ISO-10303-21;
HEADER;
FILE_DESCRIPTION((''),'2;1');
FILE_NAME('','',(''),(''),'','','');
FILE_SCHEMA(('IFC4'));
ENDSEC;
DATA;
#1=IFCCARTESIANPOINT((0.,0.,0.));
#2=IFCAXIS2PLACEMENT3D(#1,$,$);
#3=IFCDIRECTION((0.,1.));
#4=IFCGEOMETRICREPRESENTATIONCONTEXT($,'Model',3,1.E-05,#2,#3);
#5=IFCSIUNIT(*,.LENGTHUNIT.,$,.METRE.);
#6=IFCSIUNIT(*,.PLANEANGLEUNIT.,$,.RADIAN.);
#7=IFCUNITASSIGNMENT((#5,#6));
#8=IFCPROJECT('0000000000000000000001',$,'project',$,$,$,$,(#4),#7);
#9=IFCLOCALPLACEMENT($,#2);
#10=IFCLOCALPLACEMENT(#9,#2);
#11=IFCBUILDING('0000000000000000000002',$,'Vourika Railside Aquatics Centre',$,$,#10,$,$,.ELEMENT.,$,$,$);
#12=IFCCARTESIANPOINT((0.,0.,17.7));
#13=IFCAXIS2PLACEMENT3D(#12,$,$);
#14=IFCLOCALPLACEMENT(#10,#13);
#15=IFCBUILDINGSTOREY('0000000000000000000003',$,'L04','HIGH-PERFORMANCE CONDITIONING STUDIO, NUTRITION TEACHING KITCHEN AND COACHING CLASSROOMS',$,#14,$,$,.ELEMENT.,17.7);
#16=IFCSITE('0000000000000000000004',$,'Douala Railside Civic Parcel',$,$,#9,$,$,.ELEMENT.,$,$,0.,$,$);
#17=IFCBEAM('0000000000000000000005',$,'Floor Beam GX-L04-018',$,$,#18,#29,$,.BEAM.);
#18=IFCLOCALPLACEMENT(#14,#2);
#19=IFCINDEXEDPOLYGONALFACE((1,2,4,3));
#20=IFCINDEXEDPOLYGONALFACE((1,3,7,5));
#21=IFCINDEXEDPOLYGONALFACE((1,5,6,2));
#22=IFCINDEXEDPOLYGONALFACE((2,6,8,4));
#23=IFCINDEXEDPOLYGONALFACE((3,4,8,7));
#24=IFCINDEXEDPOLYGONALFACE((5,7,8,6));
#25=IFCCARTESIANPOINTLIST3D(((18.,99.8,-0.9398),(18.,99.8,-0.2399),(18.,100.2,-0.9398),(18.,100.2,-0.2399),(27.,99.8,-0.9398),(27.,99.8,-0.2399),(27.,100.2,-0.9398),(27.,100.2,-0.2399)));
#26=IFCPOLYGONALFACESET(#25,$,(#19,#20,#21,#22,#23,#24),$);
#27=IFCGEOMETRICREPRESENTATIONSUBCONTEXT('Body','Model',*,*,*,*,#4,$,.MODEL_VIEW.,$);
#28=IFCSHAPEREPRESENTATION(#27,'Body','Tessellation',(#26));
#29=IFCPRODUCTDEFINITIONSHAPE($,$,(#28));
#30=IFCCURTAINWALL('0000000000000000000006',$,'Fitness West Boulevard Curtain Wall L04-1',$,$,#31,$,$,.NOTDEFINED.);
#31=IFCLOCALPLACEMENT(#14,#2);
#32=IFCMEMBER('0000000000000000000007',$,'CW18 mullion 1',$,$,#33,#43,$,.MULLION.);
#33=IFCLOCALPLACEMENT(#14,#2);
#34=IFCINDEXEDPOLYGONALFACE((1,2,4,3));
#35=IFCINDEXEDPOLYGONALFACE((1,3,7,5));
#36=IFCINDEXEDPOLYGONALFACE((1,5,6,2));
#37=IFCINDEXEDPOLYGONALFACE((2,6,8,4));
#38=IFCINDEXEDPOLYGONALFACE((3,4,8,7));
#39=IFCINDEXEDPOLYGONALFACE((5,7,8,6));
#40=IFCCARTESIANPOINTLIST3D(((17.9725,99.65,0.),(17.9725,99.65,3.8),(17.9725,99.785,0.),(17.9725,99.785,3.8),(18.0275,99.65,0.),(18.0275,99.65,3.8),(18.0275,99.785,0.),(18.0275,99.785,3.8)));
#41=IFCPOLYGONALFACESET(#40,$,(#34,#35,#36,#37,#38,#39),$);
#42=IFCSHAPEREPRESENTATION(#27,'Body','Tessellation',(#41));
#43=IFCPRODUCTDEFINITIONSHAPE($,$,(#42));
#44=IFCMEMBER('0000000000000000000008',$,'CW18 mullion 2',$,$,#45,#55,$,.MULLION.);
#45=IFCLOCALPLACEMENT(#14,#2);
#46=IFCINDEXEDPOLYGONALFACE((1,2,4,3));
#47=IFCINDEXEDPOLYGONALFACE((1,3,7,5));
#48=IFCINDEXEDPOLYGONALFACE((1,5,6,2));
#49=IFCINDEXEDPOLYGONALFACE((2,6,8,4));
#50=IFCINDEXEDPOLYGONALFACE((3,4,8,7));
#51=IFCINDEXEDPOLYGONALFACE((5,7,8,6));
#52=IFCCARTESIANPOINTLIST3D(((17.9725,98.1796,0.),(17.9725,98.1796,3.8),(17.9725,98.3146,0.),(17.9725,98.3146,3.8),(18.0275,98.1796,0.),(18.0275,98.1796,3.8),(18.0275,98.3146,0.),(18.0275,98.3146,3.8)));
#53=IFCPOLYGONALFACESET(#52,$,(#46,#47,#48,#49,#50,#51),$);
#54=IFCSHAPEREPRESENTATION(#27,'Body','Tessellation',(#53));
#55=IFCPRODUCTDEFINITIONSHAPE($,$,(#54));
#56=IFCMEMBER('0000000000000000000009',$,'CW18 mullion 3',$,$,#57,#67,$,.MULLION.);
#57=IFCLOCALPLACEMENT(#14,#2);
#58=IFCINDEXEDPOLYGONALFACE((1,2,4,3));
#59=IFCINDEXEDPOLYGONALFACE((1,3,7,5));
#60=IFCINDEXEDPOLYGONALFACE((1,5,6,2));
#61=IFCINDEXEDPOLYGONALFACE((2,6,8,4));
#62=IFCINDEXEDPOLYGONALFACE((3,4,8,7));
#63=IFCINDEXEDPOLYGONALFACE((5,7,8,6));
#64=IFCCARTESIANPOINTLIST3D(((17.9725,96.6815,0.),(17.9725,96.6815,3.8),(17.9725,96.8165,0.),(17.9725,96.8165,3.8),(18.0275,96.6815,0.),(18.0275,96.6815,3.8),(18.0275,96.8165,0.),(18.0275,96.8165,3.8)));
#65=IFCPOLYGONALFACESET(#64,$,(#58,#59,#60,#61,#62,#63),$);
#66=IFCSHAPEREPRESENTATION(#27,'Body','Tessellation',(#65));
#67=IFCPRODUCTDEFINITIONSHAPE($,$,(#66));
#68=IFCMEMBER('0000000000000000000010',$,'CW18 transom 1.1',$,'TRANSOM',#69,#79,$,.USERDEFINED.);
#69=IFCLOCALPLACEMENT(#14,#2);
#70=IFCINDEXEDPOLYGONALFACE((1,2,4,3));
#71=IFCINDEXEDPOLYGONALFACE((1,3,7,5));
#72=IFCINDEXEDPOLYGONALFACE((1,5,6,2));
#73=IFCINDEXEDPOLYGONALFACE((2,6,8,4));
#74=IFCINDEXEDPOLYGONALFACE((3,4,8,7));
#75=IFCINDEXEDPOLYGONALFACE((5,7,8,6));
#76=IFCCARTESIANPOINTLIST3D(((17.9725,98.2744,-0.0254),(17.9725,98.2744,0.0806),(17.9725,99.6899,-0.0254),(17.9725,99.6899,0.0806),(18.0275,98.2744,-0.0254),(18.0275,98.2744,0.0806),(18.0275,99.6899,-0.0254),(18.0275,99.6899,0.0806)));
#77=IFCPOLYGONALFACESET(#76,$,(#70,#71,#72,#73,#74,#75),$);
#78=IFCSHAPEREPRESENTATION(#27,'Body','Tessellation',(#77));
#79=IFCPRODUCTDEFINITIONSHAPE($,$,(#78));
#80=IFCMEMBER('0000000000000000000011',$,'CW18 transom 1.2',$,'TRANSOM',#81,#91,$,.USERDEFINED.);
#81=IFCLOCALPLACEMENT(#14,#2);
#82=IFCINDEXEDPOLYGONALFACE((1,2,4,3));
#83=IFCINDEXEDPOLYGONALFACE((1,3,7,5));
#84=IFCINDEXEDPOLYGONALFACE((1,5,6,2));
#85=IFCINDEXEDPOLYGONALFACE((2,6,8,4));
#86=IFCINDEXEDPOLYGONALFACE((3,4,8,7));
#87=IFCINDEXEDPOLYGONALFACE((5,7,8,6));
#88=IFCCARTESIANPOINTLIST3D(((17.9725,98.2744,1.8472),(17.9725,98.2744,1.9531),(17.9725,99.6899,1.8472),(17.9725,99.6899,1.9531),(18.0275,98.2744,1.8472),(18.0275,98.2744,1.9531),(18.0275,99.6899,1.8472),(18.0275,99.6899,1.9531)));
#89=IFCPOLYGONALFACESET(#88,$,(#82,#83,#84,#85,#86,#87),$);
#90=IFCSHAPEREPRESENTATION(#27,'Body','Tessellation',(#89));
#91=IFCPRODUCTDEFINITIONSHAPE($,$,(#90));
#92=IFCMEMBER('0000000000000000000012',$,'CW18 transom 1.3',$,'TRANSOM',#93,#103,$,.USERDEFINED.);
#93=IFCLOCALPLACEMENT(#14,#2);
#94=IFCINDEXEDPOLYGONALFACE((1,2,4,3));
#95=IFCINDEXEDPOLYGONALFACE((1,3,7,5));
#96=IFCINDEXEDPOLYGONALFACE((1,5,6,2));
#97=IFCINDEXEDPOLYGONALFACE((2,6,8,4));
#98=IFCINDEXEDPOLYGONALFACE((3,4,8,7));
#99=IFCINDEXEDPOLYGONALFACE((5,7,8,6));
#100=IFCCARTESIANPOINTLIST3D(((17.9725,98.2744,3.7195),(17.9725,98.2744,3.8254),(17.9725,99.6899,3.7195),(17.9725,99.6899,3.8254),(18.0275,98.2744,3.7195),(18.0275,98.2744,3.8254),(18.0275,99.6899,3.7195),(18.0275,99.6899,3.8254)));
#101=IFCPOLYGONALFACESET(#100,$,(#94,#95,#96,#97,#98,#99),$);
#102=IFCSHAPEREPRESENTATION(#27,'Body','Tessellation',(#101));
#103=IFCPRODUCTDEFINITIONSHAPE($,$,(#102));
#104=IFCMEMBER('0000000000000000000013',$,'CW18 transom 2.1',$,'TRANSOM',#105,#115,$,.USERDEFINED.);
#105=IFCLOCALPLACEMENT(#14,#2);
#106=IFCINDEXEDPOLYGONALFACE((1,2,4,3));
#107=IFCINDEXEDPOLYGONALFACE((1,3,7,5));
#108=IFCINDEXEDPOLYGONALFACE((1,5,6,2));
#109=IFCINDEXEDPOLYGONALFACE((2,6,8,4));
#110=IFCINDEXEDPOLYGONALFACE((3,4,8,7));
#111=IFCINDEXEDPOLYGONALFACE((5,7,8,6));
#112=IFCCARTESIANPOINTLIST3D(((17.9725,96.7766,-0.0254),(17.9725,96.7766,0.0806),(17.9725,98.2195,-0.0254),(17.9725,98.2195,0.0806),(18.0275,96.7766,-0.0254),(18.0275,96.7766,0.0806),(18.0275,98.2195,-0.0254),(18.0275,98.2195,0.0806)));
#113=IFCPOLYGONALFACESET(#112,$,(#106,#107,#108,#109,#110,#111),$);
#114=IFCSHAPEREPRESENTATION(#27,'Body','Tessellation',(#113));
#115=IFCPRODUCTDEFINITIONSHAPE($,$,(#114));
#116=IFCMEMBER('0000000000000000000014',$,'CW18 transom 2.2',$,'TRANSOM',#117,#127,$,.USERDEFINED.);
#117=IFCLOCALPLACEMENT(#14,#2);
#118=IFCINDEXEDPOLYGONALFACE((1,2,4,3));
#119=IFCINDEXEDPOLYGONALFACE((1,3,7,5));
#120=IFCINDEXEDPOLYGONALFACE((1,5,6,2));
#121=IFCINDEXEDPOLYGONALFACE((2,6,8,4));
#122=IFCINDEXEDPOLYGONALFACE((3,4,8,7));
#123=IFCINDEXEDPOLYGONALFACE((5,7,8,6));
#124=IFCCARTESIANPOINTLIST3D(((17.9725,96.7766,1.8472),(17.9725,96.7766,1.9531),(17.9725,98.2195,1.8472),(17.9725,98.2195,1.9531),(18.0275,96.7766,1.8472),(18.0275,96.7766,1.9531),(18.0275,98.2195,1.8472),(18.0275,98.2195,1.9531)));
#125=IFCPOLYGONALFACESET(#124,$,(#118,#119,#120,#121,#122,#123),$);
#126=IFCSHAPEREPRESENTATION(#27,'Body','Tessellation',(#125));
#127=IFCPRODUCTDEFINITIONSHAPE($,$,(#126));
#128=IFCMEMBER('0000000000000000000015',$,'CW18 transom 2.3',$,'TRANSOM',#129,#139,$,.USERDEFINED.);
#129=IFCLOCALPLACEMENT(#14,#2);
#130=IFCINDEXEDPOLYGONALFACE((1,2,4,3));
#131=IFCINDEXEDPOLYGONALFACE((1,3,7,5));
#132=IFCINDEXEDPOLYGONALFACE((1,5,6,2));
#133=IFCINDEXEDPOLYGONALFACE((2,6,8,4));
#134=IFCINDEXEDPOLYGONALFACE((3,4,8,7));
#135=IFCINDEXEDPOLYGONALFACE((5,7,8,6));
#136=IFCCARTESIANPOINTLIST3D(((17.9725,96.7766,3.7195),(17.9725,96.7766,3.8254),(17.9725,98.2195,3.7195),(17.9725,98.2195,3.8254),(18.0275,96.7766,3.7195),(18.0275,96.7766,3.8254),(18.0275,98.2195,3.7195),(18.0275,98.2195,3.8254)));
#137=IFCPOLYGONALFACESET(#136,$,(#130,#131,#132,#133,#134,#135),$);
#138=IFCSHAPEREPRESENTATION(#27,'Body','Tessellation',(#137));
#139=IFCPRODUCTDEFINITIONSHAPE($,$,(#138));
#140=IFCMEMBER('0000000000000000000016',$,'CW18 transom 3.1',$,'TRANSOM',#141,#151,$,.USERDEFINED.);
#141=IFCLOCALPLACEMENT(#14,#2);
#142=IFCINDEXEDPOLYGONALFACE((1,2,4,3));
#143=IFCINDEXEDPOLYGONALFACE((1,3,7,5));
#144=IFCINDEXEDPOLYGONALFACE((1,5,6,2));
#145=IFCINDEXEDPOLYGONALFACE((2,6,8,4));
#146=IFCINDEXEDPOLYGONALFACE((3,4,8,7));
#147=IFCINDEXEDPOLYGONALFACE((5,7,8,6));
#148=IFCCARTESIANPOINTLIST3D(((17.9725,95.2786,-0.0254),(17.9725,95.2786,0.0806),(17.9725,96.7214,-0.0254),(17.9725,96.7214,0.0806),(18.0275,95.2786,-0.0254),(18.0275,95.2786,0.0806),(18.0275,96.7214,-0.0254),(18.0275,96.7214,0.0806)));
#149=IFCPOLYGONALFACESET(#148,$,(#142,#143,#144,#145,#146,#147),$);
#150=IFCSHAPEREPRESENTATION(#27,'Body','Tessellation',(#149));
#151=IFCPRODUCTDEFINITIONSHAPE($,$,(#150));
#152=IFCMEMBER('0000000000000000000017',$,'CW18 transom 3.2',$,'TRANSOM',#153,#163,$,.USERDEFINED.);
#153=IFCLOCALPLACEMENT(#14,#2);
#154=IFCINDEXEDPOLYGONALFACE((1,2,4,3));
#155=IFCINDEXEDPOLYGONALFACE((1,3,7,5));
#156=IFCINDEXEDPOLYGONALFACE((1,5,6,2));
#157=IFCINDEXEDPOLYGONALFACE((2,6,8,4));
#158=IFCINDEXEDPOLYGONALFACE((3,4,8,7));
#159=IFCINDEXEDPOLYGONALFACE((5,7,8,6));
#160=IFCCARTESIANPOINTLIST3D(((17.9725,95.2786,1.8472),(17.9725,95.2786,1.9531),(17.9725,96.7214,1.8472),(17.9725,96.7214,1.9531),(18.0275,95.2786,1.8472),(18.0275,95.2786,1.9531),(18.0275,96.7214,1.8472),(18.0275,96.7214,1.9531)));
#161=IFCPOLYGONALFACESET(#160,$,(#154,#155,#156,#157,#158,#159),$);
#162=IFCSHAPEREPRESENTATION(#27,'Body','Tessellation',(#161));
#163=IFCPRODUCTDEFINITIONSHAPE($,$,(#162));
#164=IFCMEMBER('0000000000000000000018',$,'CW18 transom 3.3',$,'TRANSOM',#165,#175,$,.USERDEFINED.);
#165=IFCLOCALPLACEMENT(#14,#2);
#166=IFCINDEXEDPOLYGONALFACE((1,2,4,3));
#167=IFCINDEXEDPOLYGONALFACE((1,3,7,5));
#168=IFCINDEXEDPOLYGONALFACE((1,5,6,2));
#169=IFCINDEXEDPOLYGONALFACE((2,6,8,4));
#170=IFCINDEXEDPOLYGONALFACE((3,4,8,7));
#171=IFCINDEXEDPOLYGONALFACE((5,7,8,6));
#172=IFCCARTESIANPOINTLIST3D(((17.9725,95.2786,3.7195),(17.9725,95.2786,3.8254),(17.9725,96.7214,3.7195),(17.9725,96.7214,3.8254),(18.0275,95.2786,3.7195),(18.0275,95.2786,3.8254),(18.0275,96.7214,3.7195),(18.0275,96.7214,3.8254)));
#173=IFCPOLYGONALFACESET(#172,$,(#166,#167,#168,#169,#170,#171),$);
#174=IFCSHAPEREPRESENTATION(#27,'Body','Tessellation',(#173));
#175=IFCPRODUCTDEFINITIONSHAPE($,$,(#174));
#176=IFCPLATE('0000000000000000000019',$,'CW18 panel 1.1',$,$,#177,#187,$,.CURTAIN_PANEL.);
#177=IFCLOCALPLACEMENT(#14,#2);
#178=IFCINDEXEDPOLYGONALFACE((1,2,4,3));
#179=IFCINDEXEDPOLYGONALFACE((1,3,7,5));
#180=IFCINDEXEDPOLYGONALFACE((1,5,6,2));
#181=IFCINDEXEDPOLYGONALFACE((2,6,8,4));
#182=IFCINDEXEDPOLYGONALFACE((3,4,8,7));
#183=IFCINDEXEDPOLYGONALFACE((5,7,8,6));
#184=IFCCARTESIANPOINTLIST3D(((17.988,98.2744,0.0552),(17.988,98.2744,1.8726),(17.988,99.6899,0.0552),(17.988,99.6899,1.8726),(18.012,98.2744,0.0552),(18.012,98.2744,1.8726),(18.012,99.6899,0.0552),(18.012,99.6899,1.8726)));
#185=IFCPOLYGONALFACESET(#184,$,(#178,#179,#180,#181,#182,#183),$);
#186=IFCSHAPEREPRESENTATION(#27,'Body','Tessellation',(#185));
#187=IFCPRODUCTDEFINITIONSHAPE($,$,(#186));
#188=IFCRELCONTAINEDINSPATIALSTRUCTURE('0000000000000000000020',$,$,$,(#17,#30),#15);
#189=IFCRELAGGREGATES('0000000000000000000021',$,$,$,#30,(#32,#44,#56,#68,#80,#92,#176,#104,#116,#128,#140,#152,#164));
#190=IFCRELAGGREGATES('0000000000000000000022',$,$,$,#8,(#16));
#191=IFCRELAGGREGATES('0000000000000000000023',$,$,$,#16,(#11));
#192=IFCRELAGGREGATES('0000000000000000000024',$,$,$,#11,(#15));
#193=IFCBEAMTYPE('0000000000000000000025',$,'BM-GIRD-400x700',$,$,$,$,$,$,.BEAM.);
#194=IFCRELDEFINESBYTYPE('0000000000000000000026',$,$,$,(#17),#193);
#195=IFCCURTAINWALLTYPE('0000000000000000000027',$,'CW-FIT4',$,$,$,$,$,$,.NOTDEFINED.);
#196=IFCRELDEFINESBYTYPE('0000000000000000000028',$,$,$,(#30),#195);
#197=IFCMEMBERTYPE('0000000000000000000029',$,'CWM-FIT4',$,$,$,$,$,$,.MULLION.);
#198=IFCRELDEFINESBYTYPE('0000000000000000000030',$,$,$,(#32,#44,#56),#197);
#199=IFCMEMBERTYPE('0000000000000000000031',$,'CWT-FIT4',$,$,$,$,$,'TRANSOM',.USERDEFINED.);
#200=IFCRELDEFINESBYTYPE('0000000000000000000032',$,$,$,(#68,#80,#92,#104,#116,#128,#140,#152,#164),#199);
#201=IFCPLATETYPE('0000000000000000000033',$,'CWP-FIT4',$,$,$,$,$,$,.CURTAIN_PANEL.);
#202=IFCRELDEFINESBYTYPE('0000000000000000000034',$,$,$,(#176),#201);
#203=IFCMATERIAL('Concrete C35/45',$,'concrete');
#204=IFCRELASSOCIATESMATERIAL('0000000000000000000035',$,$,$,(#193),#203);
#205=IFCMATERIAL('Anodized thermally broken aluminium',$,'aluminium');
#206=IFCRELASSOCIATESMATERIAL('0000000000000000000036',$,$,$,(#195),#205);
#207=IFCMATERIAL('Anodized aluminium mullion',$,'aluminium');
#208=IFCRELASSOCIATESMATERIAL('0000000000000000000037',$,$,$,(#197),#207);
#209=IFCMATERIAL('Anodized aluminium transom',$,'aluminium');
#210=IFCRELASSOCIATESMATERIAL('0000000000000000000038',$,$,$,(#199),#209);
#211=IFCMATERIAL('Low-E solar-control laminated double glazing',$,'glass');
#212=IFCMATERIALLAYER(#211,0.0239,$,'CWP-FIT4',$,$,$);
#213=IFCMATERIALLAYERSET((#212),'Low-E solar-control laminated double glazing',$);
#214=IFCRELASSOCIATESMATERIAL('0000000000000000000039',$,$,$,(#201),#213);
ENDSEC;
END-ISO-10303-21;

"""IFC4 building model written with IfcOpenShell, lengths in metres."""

from ifc_helpers import new_model, si_unit, direction, frame, origin, origin_2d, place, context, subcontext, project, spatial, rectangle, extrude, material, layer, layer_set, material_profile, profile_set, type_object, element, aggregate, save


model = new_model("IFC4")

# Units and contexts
model_context = context("Model", 3, precision=1e-05, world=origin(), true_north=direction((0.0, 1.0)))
body_context = subcontext(model_context, "Body", "Model", "MODEL_VIEW")
ifc_project = project(units=[si_unit("LENGTHUNIT", "METRE"), si_unit("PLANEANGLEUNIT", "RADIAN")], contexts=[model_context])

# Site, building, storey
site_placement = place(None, origin())
site = spatial("IfcSite", under=ifc_project, at=site_placement, Name="Douala Railside Civic Parcel", CompositionType="ELEMENT", RefElevation=0.0)
building_placement = place(site_placement, origin())
building = spatial("IfcBuilding", under=site, at=building_placement, Name="Vourika Railside Aquatics Centre", CompositionType="ELEMENT")
storey_placement = place(building_placement, frame((0.0, 0.0, 17.7)))
storey = spatial("IfcBuildingStorey", under=building, at=storey_placement, Name="L04", Description="HIGH-PERFORMANCE CONDITIONING STUDIO, NUTRITION TEACHING KITCHEN AND COACHING CLASSROOMS", CompositionType="ELEMENT", Elevation=17.7)

# Beam
ifc_material_1 = material(Name="Concrete C35/45", Category="concrete")
ifc_material_profile_1 = material_profile(ifc_material_1, rectangle(XDim=0.3999, YDim=0.7, at=origin_2d()), Name="RC 400x700")
ifc_profile_set_1 = profile_set([ifc_material_profile_1], Name="Concrete C35/45")
beam_type = type_object("IfcBeamType", Name="BM-GIRD-400x700", PredefinedType="BEAM", material=ifc_profile_set_1)
beam_placement = place(storey_placement, frame((18.0, 100.0, -0.5898), z_axis=(1.0, 0.0, 0.0), x_axis=(0.0, 1.0, 0.0)))
element("IfcBeam", 1, at=beam_placement, inside=storey, type_object=beam_type, Name="Floor Beam GX-L04-018", PredefinedType="BEAM", context=body_context, shape_type="SweptSolid", body=[
    extrude(rectangle(XDim=0.3999, YDim=0.7, at=origin_2d()), origin(), (0.0, 0.0, 1.0), 9.0),
])

# Curtain wall, members, plate
ifc_material_2 = material(Name="Anodized thermally broken aluminium", Category="aluminium")
curtain_wall_type = type_object("IfcCurtainWallType", Name="CW-FIT4", PredefinedType="NOTDEFINED", material=ifc_material_2)
curtain_wall_placement = place(storey_placement, origin())
curtain_wall = element("IfcCurtainWall", 2, at=curtain_wall_placement, inside=storey, type_object=curtain_wall_type, Name="Fitness West Boulevard Curtain Wall L04-1", PredefinedType="NOTDEFINED")
ifc_material_3 = material(Name="Anodized aluminium mullion", Category="aluminium")
ifc_material_profile_2 = material_profile(ifc_material_3, rectangle(XDim=0.0549, YDim=0.135, at=origin_2d()), Name="ALU-M 55x135")
ifc_profile_set_2 = profile_set([ifc_material_profile_2], Name="Anodized aluminium mullion")
member_type_1 = type_object("IfcMemberType", Name="CWM-FIT4", PredefinedType="MULLION", material=ifc_profile_set_2)
member_1_placement = place(storey_placement, frame((18.0, 99.7175, 0.0), z_axis=(0.0, 0.0, 1.0), x_axis=(1.0, 0.0, 0.0)))
member_1 = element("IfcMember", 3, at=member_1_placement, type_object=member_type_1, Name="CW18 mullion 1", PredefinedType="MULLION", context=body_context, shape_type="SweptSolid", body=[
    extrude(rectangle(XDim=0.0549, YDim=0.135, at=origin_2d()), origin(), (0.0, 0.0, 1.0), 3.8),
])
member_2_placement = place(storey_placement, frame((18.0, 98.2471, 0.0), z_axis=(0.0, 0.0, 1.0), x_axis=(1.0, 0.0, 0.0)))
member_2 = element("IfcMember", 4, at=member_2_placement, type_object=member_type_1, Name="CW18 mullion 2", PredefinedType="MULLION", context=body_context, shape_type="SweptSolid", body=[
    extrude(rectangle(XDim=0.0549, YDim=0.135, at=origin_2d()), origin(), (0.0, 0.0, 1.0), 3.8),
])
member_3_placement = place(storey_placement, frame((18.0, 96.749, 0.0), z_axis=(0.0, 0.0, 1.0), x_axis=(1.0, 0.0, 0.0)))
member_3 = element("IfcMember", 5, at=member_3_placement, type_object=member_type_1, Name="CW18 mullion 3", PredefinedType="MULLION", context=body_context, shape_type="SweptSolid", body=[
    extrude(rectangle(XDim=0.0549, YDim=0.135, at=origin_2d()), origin(), (0.0, 0.0, 1.0), 3.8),
])
ifc_material_4 = material(Name="Anodized aluminium transom", Category="aluminium")
ifc_material_profile_3 = material_profile(ifc_material_4, rectangle(XDim=0.0549, YDim=0.106, at=origin_2d()), Name="ALU-T 55x106")
ifc_profile_set_3 = profile_set([ifc_material_profile_3], Name="Anodized aluminium transom")
member_type_2 = type_object("IfcMemberType", Name="CWT-FIT4", ElementType="TRANSOM", PredefinedType="USERDEFINED", material=ifc_profile_set_3)
member_4_placement = place(storey_placement, frame((18.0, 99.6899, 0.0276), z_axis=(0.0, -1.0, 0.0), x_axis=(1.0, 0.0, 0.0)))
member_4 = element("IfcMember", 6, at=member_4_placement, type_object=member_type_2, Name="CW18 transom 1.1", ObjectType="TRANSOM", PredefinedType="USERDEFINED", context=body_context, shape_type="SweptSolid", body=[
    extrude(rectangle(XDim=0.0549, YDim=0.106, at=origin_2d()), origin(), (0.0, 0.0, 1.0), 1.4155),
])
member_5_placement = place(storey_placement, frame((18.0, 99.6899, 1.9001), z_axis=(0.0, -1.0, 0.0), x_axis=(1.0, 0.0, 0.0)))
member_5 = element("IfcMember", 7, at=member_5_placement, type_object=member_type_2, Name="CW18 transom 1.2", ObjectType="TRANSOM", PredefinedType="USERDEFINED", context=body_context, shape_type="SweptSolid", body=[
    extrude(rectangle(XDim=0.0549, YDim=0.106, at=origin_2d()), origin(), (0.0, 0.0, 1.0), 1.4155),
])
member_6_placement = place(storey_placement, frame((18.0, 99.6899, 3.7725), z_axis=(0.0, -1.0, 0.0), x_axis=(1.0, 0.0, 0.0)))
member_6 = element("IfcMember", 8, at=member_6_placement, type_object=member_type_2, Name="CW18 transom 1.3", ObjectType="TRANSOM", PredefinedType="USERDEFINED", context=body_context, shape_type="SweptSolid", body=[
    extrude(rectangle(XDim=0.0549, YDim=0.106, at=origin_2d()), origin(), (0.0, 0.0, 1.0), 1.4155),
])
member_7_placement = place(storey_placement, frame((18.0, 98.2195, 0.0276), z_axis=(0.0, -1.0, 0.0), x_axis=(1.0, 0.0, 0.0)))
member_7 = element("IfcMember", 9, at=member_7_placement, type_object=member_type_2, Name="CW18 transom 2.1", ObjectType="TRANSOM", PredefinedType="USERDEFINED", context=body_context, shape_type="SweptSolid", body=[
    extrude(rectangle(XDim=0.0549, YDim=0.106, at=origin_2d()), origin(), (0.0, 0.0, 1.0), 1.4429),
])
member_8_placement = place(storey_placement, frame((18.0, 98.2195, 1.9001), z_axis=(0.0, -1.0, 0.0), x_axis=(1.0, 0.0, 0.0)))
member_8 = element("IfcMember", 10, at=member_8_placement, type_object=member_type_2, Name="CW18 transom 2.2", ObjectType="TRANSOM", PredefinedType="USERDEFINED", context=body_context, shape_type="SweptSolid", body=[
    extrude(rectangle(XDim=0.0549, YDim=0.106, at=origin_2d()), origin(), (0.0, 0.0, 1.0), 1.4429),
])
member_9_placement = place(storey_placement, frame((18.0, 98.2195, 3.7725), z_axis=(0.0, -1.0, 0.0), x_axis=(1.0, 0.0, 0.0)))
member_9 = element("IfcMember", 11, at=member_9_placement, type_object=member_type_2, Name="CW18 transom 2.3", ObjectType="TRANSOM", PredefinedType="USERDEFINED", context=body_context, shape_type="SweptSolid", body=[
    extrude(rectangle(XDim=0.0549, YDim=0.106, at=origin_2d()), origin(), (0.0, 0.0, 1.0), 1.4429),
])
member_10_placement = place(storey_placement, frame((18.0, 96.7214, 0.0276), z_axis=(0.0, -1.0, 0.0), x_axis=(1.0, 0.0, 0.0)))
member_10 = element("IfcMember", 12, at=member_10_placement, type_object=member_type_2, Name="CW18 transom 3.1", ObjectType="TRANSOM", PredefinedType="USERDEFINED", context=body_context, shape_type="SweptSolid", body=[
    extrude(rectangle(XDim=0.0549, YDim=0.106, at=origin_2d()), origin(), (0.0, 0.0, 1.0), 1.4429),
])
member_11_placement = place(storey_placement, frame((18.0, 96.7214, 1.9001), z_axis=(0.0, -1.0, 0.0), x_axis=(1.0, 0.0, 0.0)))
member_11 = element("IfcMember", 13, at=member_11_placement, type_object=member_type_2, Name="CW18 transom 3.2", ObjectType="TRANSOM", PredefinedType="USERDEFINED", context=body_context, shape_type="SweptSolid", body=[
    extrude(rectangle(XDim=0.0549, YDim=0.106, at=origin_2d()), origin(), (0.0, 0.0, 1.0), 1.4429),
])
member_12_placement = place(storey_placement, frame((18.0, 96.7214, 3.7725), z_axis=(0.0, -1.0, 0.0), x_axis=(1.0, 0.0, 0.0)))
member_12 = element("IfcMember", 14, at=member_12_placement, type_object=member_type_2, Name="CW18 transom 3.3", ObjectType="TRANSOM", PredefinedType="USERDEFINED", context=body_context, shape_type="SweptSolid", body=[
    extrude(rectangle(XDim=0.0549, YDim=0.106, at=origin_2d()), origin(), (0.0, 0.0, 1.0), 1.4429),
])
ifc_material_5 = material(Name="Low-E solar-control laminated double glazing", Category="glass")
ifc_layer = layer(ifc_material_5, 0.0239, Name="CWP-FIT4")
ifc_layer_set = layer_set([ifc_layer], Name="Low-E solar-control laminated double glazing")
plate_type = type_object("IfcPlateType", Name="CWP-FIT4", PredefinedType="CURTAIN_PANEL", material=ifc_layer_set)
plate_1_placement = place(storey_placement, frame((18.0, 98.9822, 0.0552), z_axis=(0.0, 0.0, 1.0), x_axis=(0.0, -1.0, 0.0)))
plate_1 = element("IfcPlate", 15, at=plate_1_placement, type_object=plate_type, Name="CW18 panel 1.1", PredefinedType="CURTAIN_PANEL", context=body_context, shape_type="SweptSolid", body=[
    extrude(rectangle(XDim=1.4155, YDim=0.0239, at=origin_2d()), origin(), (0.0, 0.0, 1.0), 1.8174),
])
aggregate(curtain_wall, [member_1, member_2, member_3, member_4, member_5, member_6, plate_1, member_7, member_8, member_9, member_10, member_11, member_12])

save(model, "model.ifc")
